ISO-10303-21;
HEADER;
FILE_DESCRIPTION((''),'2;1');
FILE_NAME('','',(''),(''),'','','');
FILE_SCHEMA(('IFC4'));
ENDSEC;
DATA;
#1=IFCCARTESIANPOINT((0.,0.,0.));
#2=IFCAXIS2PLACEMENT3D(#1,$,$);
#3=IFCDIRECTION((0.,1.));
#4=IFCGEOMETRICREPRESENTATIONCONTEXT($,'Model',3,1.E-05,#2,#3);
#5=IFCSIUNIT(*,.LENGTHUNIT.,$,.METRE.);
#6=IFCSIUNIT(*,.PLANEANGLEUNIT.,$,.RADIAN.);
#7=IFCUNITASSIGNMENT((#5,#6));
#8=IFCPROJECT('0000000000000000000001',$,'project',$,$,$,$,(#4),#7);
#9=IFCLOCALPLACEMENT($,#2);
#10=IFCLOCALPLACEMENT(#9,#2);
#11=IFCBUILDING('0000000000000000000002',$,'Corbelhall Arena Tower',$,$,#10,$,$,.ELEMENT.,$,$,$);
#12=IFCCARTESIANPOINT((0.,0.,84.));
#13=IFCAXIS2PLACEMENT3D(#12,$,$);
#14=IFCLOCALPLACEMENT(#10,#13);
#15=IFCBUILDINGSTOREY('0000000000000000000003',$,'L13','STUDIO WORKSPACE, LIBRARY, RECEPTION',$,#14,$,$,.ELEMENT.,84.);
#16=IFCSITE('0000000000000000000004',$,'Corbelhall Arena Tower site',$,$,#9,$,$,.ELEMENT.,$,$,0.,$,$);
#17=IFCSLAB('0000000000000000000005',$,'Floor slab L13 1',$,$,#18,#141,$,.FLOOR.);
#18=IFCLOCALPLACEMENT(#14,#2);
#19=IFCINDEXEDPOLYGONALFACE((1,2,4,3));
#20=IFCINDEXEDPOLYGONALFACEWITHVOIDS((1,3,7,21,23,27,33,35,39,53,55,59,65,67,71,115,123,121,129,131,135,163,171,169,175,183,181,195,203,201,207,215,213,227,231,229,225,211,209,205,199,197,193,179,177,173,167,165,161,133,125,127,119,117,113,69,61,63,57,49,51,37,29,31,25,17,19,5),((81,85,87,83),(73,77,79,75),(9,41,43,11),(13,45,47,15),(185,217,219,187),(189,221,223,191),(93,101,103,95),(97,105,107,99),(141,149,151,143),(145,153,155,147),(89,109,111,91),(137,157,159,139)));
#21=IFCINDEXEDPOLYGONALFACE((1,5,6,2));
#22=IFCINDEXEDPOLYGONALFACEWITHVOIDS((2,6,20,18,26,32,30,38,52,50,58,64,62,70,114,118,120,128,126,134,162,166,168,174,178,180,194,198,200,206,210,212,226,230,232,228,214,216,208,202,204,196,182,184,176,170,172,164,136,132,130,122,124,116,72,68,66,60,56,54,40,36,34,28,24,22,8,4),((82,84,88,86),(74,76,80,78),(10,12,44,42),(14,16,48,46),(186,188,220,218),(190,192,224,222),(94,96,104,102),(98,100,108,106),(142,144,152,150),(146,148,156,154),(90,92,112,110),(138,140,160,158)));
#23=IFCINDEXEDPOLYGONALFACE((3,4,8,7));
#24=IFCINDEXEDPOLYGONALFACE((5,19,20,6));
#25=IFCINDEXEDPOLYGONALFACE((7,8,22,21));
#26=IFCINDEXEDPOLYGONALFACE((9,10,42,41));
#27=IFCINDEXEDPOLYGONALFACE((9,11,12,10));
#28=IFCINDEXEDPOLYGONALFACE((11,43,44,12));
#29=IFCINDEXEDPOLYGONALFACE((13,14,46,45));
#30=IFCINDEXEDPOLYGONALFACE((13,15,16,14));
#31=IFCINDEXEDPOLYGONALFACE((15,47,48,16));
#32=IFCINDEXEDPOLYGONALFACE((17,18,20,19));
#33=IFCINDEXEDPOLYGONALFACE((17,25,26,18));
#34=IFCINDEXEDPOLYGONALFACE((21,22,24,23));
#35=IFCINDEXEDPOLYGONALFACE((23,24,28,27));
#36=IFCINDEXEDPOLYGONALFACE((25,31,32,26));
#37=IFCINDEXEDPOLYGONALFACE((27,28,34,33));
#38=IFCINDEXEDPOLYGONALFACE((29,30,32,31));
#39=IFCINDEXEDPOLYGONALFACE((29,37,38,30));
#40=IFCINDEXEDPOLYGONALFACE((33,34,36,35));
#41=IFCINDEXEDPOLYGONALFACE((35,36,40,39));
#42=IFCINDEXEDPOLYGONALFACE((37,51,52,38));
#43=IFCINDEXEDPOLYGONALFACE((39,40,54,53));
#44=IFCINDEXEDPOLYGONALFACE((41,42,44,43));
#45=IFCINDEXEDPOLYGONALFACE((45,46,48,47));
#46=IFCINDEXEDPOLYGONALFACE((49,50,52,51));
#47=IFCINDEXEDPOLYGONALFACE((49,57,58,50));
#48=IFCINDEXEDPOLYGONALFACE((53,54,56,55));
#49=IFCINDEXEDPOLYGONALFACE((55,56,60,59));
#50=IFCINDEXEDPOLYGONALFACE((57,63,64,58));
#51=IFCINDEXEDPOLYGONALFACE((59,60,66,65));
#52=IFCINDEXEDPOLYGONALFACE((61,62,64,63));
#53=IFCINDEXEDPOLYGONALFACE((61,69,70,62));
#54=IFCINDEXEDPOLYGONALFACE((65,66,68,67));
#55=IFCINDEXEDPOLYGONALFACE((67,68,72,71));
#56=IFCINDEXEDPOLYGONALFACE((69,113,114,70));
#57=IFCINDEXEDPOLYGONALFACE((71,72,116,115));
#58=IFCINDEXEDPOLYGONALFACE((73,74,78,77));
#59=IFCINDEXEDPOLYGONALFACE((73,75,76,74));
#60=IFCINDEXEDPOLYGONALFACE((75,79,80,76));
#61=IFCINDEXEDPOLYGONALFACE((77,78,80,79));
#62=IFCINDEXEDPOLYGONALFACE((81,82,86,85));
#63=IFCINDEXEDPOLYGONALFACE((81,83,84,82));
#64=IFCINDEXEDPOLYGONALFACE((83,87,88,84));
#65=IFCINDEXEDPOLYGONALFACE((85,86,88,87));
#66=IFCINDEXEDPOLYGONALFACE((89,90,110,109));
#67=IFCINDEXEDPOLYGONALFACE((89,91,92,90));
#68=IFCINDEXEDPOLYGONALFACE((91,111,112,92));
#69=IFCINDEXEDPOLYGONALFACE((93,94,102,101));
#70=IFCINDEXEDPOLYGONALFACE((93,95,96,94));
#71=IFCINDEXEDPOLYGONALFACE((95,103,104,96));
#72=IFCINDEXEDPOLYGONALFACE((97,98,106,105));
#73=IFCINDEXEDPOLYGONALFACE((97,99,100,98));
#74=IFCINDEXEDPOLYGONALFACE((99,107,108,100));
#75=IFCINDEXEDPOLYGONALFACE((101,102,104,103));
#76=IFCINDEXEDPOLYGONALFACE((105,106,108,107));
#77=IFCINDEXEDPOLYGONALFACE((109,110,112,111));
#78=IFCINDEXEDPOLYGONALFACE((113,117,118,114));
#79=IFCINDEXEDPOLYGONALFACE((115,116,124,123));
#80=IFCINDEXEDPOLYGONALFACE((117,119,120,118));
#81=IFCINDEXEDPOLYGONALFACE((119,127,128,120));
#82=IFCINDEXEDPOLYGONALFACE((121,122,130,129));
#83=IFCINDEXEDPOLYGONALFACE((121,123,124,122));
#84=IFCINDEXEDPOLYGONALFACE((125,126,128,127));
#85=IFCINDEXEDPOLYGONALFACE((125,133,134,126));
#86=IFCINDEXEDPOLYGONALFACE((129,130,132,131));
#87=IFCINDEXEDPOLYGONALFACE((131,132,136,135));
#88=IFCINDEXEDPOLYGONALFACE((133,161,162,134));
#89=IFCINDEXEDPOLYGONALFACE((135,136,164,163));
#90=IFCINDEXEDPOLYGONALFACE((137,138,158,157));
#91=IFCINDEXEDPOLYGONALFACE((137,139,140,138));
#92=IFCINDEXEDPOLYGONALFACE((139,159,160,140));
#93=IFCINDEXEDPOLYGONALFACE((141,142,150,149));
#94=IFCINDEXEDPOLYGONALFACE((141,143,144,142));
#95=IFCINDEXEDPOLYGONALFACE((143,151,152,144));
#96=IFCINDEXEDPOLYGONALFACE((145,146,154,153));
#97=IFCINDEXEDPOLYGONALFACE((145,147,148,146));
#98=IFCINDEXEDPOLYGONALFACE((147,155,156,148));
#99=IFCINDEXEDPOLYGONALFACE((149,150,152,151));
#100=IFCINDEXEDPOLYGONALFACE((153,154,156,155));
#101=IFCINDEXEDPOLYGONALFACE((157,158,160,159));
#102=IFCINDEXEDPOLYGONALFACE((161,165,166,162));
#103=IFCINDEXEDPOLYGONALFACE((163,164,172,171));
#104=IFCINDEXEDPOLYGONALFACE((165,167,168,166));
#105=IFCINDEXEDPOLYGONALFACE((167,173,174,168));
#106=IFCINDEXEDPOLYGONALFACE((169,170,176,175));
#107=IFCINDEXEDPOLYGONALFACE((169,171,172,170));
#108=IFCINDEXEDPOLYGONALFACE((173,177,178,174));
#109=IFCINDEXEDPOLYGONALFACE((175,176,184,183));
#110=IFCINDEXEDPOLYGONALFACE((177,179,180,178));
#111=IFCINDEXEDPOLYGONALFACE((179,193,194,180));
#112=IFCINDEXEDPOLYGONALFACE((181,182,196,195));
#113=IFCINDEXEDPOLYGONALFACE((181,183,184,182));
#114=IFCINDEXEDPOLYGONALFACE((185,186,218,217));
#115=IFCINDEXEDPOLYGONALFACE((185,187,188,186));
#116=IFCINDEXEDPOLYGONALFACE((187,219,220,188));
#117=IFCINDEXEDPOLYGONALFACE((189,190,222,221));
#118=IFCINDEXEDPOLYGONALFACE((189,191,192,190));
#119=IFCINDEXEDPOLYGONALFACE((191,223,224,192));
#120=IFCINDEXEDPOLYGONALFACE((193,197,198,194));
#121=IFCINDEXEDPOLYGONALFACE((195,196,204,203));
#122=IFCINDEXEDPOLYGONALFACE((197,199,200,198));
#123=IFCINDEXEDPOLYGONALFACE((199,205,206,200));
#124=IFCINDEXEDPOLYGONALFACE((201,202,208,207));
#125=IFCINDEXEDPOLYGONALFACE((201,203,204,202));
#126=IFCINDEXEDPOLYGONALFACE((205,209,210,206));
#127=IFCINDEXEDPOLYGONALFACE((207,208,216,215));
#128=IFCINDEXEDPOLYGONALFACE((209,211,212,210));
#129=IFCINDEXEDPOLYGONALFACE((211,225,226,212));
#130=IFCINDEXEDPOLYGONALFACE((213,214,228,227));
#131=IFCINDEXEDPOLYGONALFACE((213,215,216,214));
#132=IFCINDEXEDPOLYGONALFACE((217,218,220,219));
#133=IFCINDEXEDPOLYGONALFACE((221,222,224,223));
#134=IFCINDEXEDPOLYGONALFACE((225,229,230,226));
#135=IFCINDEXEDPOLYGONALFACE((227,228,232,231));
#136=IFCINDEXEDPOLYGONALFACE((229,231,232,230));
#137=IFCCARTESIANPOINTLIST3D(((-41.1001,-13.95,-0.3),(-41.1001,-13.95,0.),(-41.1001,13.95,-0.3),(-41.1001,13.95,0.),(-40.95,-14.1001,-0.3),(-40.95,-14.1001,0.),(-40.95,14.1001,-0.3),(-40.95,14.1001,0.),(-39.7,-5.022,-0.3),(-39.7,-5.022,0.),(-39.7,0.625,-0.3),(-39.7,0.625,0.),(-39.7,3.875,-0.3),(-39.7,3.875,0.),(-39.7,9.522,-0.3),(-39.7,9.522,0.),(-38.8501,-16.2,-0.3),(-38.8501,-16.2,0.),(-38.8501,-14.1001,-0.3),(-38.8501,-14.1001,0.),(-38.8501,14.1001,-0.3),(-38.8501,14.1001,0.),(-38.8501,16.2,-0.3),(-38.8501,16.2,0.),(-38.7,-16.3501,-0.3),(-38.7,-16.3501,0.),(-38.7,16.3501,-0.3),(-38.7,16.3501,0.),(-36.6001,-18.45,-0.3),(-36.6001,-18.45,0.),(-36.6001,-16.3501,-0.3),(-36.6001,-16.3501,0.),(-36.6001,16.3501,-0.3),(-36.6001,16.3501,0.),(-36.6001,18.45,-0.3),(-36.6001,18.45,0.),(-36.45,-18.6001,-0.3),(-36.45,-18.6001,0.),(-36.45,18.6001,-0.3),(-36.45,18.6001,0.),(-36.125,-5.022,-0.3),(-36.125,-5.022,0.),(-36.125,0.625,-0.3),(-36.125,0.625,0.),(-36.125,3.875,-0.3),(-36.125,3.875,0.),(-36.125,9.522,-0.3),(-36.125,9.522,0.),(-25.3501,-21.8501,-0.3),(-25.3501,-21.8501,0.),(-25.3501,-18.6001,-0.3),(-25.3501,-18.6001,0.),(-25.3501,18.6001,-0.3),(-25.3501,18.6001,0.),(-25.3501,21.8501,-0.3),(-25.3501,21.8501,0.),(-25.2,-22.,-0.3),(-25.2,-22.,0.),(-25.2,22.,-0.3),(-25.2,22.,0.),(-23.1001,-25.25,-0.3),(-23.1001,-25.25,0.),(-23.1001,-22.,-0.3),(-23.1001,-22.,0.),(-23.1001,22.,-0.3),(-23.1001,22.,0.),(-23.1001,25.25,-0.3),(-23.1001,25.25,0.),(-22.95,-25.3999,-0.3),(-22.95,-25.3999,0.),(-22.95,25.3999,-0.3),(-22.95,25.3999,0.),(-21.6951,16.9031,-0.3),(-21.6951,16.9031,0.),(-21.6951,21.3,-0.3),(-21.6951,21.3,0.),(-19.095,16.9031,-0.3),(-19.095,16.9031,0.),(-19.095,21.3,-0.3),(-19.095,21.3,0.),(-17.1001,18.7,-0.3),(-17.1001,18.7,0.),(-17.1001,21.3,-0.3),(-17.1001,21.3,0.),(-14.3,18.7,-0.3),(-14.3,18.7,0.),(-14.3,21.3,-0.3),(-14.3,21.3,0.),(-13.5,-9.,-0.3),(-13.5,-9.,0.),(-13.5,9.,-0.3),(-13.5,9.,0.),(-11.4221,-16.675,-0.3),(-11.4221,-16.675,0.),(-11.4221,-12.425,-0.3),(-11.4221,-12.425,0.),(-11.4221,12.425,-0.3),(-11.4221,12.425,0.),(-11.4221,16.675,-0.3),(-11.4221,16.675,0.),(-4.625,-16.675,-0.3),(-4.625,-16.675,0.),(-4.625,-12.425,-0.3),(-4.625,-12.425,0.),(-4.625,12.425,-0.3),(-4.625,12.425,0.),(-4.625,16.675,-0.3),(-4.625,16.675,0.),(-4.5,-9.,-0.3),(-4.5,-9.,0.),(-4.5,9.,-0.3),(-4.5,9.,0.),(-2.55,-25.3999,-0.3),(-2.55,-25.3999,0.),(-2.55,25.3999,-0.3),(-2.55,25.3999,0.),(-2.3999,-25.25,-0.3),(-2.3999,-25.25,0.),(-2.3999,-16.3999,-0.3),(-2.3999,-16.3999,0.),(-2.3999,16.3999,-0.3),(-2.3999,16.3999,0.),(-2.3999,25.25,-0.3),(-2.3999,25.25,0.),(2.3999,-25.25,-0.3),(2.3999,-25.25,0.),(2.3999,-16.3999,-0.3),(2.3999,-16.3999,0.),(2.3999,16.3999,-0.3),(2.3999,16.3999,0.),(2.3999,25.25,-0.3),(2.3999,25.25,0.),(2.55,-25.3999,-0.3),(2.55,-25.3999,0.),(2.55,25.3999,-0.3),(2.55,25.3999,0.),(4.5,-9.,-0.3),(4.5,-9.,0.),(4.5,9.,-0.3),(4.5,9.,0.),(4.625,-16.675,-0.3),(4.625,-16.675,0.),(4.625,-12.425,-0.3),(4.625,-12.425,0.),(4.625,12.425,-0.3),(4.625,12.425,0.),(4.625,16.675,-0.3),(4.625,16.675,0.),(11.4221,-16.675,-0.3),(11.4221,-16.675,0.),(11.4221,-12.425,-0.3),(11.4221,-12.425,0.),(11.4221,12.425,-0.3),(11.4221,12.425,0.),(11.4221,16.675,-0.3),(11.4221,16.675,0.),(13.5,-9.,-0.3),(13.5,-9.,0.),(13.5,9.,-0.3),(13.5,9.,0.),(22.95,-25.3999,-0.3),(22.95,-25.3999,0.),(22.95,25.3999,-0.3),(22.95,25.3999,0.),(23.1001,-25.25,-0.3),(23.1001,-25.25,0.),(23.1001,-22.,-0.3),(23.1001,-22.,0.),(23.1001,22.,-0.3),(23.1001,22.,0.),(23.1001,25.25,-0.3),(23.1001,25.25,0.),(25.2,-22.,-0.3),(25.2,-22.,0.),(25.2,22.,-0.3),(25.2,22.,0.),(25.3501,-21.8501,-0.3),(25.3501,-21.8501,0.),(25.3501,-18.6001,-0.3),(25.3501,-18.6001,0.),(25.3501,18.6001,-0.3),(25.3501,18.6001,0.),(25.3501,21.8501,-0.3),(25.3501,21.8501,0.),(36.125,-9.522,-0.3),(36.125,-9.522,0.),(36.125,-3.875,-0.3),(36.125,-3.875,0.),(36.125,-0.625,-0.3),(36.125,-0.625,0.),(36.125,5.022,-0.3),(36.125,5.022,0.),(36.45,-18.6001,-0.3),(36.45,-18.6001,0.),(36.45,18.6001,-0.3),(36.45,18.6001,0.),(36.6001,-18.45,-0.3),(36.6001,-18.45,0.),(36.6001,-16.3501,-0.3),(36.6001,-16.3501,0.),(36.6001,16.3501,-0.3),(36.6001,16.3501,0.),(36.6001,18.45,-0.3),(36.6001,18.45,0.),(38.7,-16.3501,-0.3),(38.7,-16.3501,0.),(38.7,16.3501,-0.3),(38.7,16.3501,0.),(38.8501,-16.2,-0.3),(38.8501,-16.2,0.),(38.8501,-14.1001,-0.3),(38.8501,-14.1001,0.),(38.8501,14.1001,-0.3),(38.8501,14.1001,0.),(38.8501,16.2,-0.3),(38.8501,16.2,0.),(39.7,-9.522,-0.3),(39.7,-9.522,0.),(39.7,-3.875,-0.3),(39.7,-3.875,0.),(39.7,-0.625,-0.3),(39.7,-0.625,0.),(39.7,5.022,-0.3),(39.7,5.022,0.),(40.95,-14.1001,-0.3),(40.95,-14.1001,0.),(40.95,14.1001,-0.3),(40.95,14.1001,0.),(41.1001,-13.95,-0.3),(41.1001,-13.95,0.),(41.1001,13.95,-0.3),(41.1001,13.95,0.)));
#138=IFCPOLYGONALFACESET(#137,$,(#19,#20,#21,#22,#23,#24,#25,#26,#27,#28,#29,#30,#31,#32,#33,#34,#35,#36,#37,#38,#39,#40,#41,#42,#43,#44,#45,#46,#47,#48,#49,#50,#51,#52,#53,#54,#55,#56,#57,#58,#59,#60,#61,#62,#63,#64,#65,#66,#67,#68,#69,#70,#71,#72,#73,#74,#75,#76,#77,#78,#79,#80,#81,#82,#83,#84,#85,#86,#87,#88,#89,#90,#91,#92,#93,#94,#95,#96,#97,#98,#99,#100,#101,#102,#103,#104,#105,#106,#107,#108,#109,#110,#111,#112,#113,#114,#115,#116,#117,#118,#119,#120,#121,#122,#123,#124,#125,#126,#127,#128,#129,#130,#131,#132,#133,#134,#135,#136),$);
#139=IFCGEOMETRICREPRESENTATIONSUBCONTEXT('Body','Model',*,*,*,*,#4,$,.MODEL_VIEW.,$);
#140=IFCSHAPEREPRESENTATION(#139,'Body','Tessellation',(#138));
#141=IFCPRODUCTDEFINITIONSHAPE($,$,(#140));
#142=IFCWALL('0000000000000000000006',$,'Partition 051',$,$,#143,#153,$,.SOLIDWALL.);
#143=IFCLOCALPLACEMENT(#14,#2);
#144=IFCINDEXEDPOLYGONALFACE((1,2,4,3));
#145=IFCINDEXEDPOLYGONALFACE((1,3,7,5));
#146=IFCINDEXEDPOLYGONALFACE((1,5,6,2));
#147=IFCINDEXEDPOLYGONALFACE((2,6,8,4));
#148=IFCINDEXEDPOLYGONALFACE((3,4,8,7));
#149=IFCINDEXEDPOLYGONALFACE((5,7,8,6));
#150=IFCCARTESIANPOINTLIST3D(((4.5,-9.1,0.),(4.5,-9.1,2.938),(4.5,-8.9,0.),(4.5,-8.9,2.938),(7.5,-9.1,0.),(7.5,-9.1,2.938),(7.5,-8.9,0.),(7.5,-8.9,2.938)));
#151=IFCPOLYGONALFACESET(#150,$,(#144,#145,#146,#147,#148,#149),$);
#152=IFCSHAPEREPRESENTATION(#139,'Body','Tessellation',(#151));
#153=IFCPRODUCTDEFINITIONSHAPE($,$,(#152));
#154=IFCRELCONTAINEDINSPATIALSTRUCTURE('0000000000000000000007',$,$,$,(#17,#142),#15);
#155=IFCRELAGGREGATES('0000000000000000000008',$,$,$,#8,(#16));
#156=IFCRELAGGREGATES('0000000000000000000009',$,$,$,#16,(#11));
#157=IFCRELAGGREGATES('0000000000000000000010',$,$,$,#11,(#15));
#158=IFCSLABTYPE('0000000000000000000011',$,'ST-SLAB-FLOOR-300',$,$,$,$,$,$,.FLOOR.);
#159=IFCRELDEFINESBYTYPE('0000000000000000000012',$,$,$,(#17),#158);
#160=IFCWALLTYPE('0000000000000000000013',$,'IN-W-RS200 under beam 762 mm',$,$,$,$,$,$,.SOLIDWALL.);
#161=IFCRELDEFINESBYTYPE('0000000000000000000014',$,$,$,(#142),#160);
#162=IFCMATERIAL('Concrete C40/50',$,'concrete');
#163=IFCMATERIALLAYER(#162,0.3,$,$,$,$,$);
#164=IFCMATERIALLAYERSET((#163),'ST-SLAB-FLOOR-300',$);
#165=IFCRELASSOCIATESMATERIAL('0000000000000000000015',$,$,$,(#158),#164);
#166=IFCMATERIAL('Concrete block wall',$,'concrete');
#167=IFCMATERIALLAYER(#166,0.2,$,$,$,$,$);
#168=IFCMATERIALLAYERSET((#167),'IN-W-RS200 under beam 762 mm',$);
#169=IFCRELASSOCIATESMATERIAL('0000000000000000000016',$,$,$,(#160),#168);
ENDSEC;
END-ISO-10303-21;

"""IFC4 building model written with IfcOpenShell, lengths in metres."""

from ifc_helpers import new_model, si_unit, direction, frame, frame_2d, origin, place, context, subcontext, project, spatial, polyline, rectangle, outline, extrude, material, layer, layer_set, type_object, element, save


model = new_model("IFC4")

# Units and contexts
model_context = context("Model", 3, precision=1e-05, world=origin(), true_north=direction((0.0, 1.0)))
body_context = subcontext(model_context, "Body", "Model", "MODEL_VIEW")
ifc_project = project(units=[si_unit("LENGTHUNIT", "METRE"), si_unit("PLANEANGLEUNIT", "RADIAN")], contexts=[model_context])

# Site, building, storey
site_placement = place(None, origin())
site = spatial("IfcSite", under=ifc_project, at=site_placement, Name="Corbelhall Arena Tower site", CompositionType="ELEMENT", RefElevation=0.0)
building_placement = place(site_placement, origin())
building = spatial("IfcBuilding", under=site, at=building_placement, Name="Corbelhall Arena Tower", CompositionType="ELEMENT")
storey_placement = place(building_placement, frame((0.0, 0.0, 84.0)))
storey = spatial("IfcBuildingStorey", under=building, at=storey_placement, Name="L13", Description="STUDIO WORKSPACE, LIBRARY, RECEPTION", CompositionType="ELEMENT", Elevation=84.0)

# Shared definitions
ifc_material_1 = material(Name="Concrete C40/50", Category="concrete")

# Slab
ifc_layer_1 = layer(ifc_material_1, 0.3)
ifc_layer_set_1 = layer_set([ifc_layer_1], Name="ST-SLAB-FLOOR-300")
slab_type_1 = type_object("IfcSlabType", Name="ST-SLAB-FLOOR-300", PredefinedType="FLOOR", material=ifc_layer_set_1)
slab_1_placement = place(storey_placement, frame((0.0, 0.0, -0.3)))
element("IfcSlab", 1, at=slab_1_placement, inside=storey, type_object=slab_type_1, Name="Floor slab L13 1", PredefinedType="FLOOR", context=body_context, shape_type="SweptSolid", body=[
    extrude(outline(polyline([(25.3501, 18.6001), (25.3501, 21.8501), (25.2, 22.0), (23.1001, 22.0), (23.1001, 25.25), (22.95, 25.3999), (2.55, 25.3999), (2.3999, 25.25), (2.3999, 16.3999), (-2.3999, 16.3999), (-2.3999, 25.25), (-2.55, 25.3999), (-22.95, 25.3999), (-23.1001, 25.25), (-23.1001, 22.0), (-25.2, 22.0), (-25.3501, 21.8501), (-25.3501, 18.6001), (-36.45, 18.6001), (-36.6001, 18.45), (-36.6001, 16.3501), (-38.7, 16.3501), (-38.8501, 16.2), (-38.8501, 14.1001), (-40.95, 14.1001), (-41.1001, 13.95), (-41.1001, -13.95), (-40.95, -14.1001), (-38.8501, -14.1001), (-38.8501, -16.2), (-38.7, -16.3501), (-36.6001, -16.3501), (-36.6001, -18.45), (-36.45, -18.6001), (-25.3501, -18.6001), (-25.3501, -21.8501), (-25.2, -22.0), (-23.1001, -22.0), (-23.1001, -25.25), (-22.95, -25.3999), (-2.55, -25.3999), (-2.3999, -25.25), (-2.3999, -16.3999), (2.3999, -16.3999), (2.3999, -25.25), (2.55, -25.3999), (22.95, -25.3999), (23.1001, -25.25), (23.1001, -22.0), (25.2, -22.0), (25.3501, -21.8501), (25.3501, -18.6001), (36.45, -18.6001), (36.6001, -18.45), (36.6001, -16.3501), (38.7, -16.3501), (38.8501, -16.2), (38.8501, -14.1001), (40.95, -14.1001), (41.1001, -13.95), (41.1001, 13.95), (40.95, 14.1001), (38.8501, 14.1001), (38.8501, 16.2), (38.7, 16.3501), (36.6001, 16.3501), (36.6001, 18.45), (36.45, 18.6001), (25.3501, 18.6001)]), holes=[polyline([(-13.5, 9.0), (-13.5, -9.0), (-4.5, -9.0), (-4.5, 9.0), (-13.5, 9.0)]), polyline([(4.5, 9.0), (4.5, -9.0), (13.5, -9.0), (13.5, 9.0), (4.5, 9.0)]), polyline([(-4.625, 16.675), (-11.4221, 16.675), (-11.4221, 12.425), (-4.625, 12.425), (-4.625, 16.675)]), polyline([(-4.625, -16.675), (-4.625, -12.425), (-11.4221, -12.425), (-11.4221, -16.675), (-4.625, -16.675)]), polyline([(11.4221, 16.675), (4.625, 16.675), (4.625, 12.425), (11.4221, 12.425), (11.4221, 16.675)]), polyline([(11.4221, -16.675), (11.4221, -12.425), (4.625, -12.425), (4.625, -16.675), (11.4221, -16.675)]), polyline([(-36.125, 3.875), (-36.125, 9.522), (-39.7, 9.522), (-39.7, 3.875), (-36.125, 3.875)]), polyline([(-36.125, 0.625), (-39.7, 0.625), (-39.7, -5.022), (-36.125, -5.022), (-36.125, 0.625)]), polyline([(39.7, -9.522), (39.7, -3.875), (36.125, -3.875), (36.125, -9.522), (39.7, -9.522)]), polyline([(39.7, 5.022), (36.125, 5.022), (36.125, -0.625), (39.7, -0.625), (39.7, 5.022)]), polyline([(-21.6951, 21.3), (-21.6951, 16.9031), (-19.095, 16.9031), (-19.095, 21.3), (-21.6951, 21.3)]), polyline([(-14.3, 21.3), (-17.1001, 21.3), (-17.1001, 18.7), (-14.3, 18.7), (-14.3, 21.3)])]), origin(), (0.0, 0.0, 1.0), 0.3),
])

# Shared definitions
ifc_material_2 = material(Name="Concrete block wall", Category="concrete")
ifc_layer_2 = layer(ifc_material_2, 0.2)
ifc_layer_set_2 = layer_set([ifc_layer_2], Name="IN-W-RS200 under beam 762 mm")
wall_type_1 = type_object("IfcWallType", Name="IN-W-RS200 under beam 762 mm", PredefinedType="SOLIDWALL", material=ifc_layer_set_2)

# Wall
wall_1_placement = place(storey_placement, frame((7.5, -9.0, 0.0), z_axis=(0.0, 0.0, 1.0), x_axis=(-1.0, 0.0, 0.0)))
element("IfcWall", 2, at=wall_1_placement, inside=storey, type_object=wall_type_1, Name="Partition 051", PredefinedType="SOLIDWALL", context=body_context, shape_type="SweptSolid", body=[
    extrude(rectangle(XDim=3.0, YDim=0.2, at=frame_2d((1.5, 0.0))), origin(), (0.0, 0.0, 1.0), 2.938),
])

save(model, "model.ifc")
